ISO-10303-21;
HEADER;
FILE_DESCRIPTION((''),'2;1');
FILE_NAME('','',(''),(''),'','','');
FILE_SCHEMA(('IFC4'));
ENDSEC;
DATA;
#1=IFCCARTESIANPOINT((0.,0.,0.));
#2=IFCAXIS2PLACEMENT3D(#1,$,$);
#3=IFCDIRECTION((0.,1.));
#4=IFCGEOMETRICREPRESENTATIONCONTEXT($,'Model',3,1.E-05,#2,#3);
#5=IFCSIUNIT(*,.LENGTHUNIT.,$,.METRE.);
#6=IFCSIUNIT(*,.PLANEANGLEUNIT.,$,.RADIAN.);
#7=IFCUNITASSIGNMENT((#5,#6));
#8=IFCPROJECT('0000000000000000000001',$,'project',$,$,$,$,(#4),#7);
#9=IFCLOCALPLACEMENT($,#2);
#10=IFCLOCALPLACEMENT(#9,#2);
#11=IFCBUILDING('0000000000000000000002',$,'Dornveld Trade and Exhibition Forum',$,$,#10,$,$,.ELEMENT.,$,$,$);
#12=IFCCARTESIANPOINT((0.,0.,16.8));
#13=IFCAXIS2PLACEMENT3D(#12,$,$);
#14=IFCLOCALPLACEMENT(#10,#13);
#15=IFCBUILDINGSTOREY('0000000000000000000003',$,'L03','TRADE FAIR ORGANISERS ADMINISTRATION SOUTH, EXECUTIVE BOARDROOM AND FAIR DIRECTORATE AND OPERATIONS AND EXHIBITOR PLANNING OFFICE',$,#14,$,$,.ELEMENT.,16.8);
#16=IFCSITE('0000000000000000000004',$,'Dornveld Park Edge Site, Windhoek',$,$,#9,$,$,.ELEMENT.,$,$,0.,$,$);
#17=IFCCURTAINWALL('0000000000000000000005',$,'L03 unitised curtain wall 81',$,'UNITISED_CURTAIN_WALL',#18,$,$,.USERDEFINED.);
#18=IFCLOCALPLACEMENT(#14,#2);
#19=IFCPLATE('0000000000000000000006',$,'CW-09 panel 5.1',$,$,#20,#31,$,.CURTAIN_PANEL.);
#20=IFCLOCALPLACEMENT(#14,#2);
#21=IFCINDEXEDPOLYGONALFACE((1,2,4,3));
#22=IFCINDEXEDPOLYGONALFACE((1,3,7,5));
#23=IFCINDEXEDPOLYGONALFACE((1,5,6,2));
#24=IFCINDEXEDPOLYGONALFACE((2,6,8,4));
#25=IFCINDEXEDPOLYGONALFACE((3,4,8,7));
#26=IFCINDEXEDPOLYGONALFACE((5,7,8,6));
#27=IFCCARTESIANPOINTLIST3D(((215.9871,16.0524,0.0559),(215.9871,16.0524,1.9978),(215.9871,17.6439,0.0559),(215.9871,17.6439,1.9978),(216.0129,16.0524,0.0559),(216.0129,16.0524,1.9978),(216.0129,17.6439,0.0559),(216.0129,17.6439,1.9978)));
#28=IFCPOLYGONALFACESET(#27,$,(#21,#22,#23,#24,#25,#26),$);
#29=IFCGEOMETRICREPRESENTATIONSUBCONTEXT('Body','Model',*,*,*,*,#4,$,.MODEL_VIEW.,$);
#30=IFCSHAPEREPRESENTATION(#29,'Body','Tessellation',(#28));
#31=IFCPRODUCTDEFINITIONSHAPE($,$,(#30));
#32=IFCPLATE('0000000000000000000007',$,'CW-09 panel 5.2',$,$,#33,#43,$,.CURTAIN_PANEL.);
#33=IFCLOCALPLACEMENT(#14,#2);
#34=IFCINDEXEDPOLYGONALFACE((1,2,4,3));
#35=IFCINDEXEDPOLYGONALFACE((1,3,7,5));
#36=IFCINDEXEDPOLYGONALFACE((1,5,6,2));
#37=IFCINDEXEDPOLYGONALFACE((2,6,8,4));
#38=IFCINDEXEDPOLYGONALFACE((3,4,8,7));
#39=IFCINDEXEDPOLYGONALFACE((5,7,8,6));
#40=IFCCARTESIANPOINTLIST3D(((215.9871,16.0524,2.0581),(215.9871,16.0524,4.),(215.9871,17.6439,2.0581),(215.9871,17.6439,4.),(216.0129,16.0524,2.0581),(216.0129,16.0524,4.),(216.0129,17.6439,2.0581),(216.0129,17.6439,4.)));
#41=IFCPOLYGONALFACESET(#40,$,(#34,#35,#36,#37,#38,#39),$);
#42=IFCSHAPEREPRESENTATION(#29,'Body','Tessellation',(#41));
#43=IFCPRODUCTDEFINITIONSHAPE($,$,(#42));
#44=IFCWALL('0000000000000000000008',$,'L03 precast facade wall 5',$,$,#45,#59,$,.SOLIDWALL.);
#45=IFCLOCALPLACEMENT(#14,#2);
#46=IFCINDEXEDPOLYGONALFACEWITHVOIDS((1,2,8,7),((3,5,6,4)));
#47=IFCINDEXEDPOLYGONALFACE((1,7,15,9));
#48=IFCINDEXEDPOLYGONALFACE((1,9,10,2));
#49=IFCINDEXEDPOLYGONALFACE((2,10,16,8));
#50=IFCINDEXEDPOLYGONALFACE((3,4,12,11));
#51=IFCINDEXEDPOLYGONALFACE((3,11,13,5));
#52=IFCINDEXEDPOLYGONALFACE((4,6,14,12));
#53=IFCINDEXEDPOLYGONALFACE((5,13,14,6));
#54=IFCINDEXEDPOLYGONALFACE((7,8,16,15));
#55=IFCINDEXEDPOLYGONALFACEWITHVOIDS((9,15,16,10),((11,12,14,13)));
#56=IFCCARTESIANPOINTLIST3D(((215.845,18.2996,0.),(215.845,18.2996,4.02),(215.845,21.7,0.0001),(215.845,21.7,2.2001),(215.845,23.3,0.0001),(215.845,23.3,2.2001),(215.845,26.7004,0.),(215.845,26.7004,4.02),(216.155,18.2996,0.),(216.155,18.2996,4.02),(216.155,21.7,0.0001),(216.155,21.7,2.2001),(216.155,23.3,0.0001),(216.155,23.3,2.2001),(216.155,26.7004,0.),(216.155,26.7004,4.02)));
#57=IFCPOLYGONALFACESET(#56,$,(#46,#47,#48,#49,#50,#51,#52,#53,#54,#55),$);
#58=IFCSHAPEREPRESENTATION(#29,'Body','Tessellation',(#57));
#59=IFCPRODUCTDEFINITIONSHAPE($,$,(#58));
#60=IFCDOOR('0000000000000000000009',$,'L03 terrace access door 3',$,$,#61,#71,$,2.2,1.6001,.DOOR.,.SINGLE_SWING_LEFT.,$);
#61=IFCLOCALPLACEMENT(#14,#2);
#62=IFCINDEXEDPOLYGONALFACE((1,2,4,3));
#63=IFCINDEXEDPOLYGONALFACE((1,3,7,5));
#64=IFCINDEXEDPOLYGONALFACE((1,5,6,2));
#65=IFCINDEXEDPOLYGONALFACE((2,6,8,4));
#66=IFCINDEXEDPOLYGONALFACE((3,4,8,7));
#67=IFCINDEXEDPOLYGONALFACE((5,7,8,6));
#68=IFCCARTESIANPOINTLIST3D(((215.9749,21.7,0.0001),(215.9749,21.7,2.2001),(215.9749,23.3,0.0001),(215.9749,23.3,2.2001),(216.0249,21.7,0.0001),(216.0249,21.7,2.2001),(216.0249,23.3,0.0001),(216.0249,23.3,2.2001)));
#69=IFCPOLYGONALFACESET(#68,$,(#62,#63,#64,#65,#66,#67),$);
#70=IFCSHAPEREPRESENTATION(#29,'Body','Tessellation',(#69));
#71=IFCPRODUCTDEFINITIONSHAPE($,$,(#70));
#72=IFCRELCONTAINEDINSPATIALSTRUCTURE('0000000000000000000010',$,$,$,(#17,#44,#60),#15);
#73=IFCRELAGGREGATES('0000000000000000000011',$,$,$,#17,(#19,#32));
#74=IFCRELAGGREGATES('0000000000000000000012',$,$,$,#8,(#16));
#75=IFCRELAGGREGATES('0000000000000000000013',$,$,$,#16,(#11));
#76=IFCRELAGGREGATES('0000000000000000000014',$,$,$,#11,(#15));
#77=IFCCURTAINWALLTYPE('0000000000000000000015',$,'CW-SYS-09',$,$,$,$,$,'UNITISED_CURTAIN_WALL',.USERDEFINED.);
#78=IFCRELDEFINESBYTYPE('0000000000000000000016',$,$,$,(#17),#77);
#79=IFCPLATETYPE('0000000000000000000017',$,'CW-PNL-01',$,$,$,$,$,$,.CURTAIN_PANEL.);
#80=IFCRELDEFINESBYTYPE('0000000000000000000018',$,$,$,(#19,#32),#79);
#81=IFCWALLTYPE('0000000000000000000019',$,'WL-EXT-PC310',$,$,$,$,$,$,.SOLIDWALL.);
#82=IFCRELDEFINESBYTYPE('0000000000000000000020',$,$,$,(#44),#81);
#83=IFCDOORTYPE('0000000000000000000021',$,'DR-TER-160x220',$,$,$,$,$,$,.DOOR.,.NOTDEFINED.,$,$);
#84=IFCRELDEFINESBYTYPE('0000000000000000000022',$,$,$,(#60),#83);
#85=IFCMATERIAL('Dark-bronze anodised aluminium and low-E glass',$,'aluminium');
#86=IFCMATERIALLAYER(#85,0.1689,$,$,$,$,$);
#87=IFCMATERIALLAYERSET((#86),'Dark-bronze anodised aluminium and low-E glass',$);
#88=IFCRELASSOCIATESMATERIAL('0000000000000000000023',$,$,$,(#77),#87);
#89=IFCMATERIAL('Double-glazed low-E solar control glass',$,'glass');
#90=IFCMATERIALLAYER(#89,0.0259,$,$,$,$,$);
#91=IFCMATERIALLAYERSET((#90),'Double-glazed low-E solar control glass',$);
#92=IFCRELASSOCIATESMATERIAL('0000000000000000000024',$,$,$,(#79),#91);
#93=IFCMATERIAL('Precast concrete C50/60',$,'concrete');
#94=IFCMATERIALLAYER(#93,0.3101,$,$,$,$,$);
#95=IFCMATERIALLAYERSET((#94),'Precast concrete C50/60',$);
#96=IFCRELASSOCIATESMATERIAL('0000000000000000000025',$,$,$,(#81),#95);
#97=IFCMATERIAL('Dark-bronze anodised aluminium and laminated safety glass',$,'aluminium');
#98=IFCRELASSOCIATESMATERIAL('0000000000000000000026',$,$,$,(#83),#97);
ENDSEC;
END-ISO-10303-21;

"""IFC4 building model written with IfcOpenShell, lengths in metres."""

from ifc_helpers import new_model, si_unit, direction, frame, frame_2d, origin, origin_2d, place, context, subcontext, project, spatial, rectangle, extrude, material, layer, layer_set, type_object, element, fill, aggregate, save


model = new_model("IFC4")

# Units and contexts
model_context = context("Model", 3, precision=1e-05, world=origin(), true_north=direction((0.0, 1.0)))
body_context = subcontext(model_context, "Body", "Model", "MODEL_VIEW")
ifc_project = project(units=[si_unit("LENGTHUNIT", "METRE"), si_unit("PLANEANGLEUNIT", "RADIAN")], contexts=[model_context])

# Site, building, storey
site_placement = place(None, origin())
site = spatial("IfcSite", under=ifc_project, at=site_placement, Name="Dornveld Park Edge Site, Windhoek", CompositionType="ELEMENT", RefElevation=0.0)
building_placement = place(site_placement, origin())
building = spatial("IfcBuilding", under=site, at=building_placement, Name="Dornveld Trade and Exhibition Forum", CompositionType="ELEMENT")
storey_placement = place(building_placement, frame((0.0, 0.0, 16.8)))
storey = spatial("IfcBuildingStorey", under=building, at=storey_placement, Name="L03", Description="TRADE FAIR ORGANISERS ADMINISTRATION SOUTH, EXECUTIVE BOARDROOM AND FAIR DIRECTORATE AND OPERATIONS AND EXHIBITOR PLANNING OFFICE", CompositionType="ELEMENT", Elevation=16.8)

# Curtain wall, plates
ifc_material_1 = material(Name="Dark-bronze anodised aluminium and low-E glass", Category="aluminium")
ifc_layer_1 = layer(ifc_material_1, 0.1689)
ifc_layer_set_1 = layer_set([ifc_layer_1], Name="Dark-bronze anodised aluminium and low-E glass")
curtain_wall_type = type_object("IfcCurtainWallType", Name="CW-SYS-09", ElementType="UNITISED_CURTAIN_WALL", PredefinedType="USERDEFINED", material=ifc_layer_set_1)
curtain_wall_placement = place(storey_placement, origin())
curtain_wall = element("IfcCurtainWall", 1, at=curtain_wall_placement, inside=storey, type_object=curtain_wall_type, Name="L03 unitised curtain wall 81", ObjectType="UNITISED_CURTAIN_WALL", PredefinedType="USERDEFINED")
ifc_material_2 = material(Name="Double-glazed low-E solar control glass", Category="glass")
ifc_layer_2 = layer(ifc_material_2, 0.0259)
ifc_layer_set_2 = layer_set([ifc_layer_2], Name="Double-glazed low-E solar control glass")
plate_type = type_object("IfcPlateType", Name="CW-PNL-01", PredefinedType="CURTAIN_PANEL", material=ifc_layer_set_2)
plate_1_placement = place(storey_placement, frame((216.0, 16.8481, 0.0559), z_axis=(0.0, 0.0, 1.0), x_axis=(0.0, 1.0, 0.0)))
plate_1 = element("IfcPlate", 2, at=plate_1_placement, type_object=plate_type, Name="CW-09 panel 5.1", PredefinedType="CURTAIN_PANEL", context=body_context, shape_type="SweptSolid", body=[
    extrude(rectangle(XDim=1.5916, YDim=0.0259, at=origin_2d()), origin(), (0.0, 0.0, 1.0), 1.9419),
])
plate_2_placement = place(storey_placement, frame((216.0, 16.8481, 2.0581), z_axis=(0.0, 0.0, 1.0), x_axis=(0.0, 1.0, 0.0)))
plate_2 = element("IfcPlate", 3, at=plate_2_placement, type_object=plate_type, Name="CW-09 panel 5.2", PredefinedType="CURTAIN_PANEL", context=body_context, shape_type="SweptSolid", body=[
    extrude(rectangle(XDim=1.5916, YDim=0.0259, at=origin_2d()), origin(), (0.0, 0.0, 1.0), 1.9419),
])
aggregate(curtain_wall, [plate_1, plate_2])

# Wall, opening, door
ifc_material_3 = material(Name="Precast concrete C50/60", Category="concrete")
ifc_layer_3 = layer(ifc_material_3, 0.3101)
ifc_layer_set_3 = layer_set([ifc_layer_3], Name="Precast concrete C50/60")
wall_type = type_object("IfcWallType", Name="WL-EXT-PC310", PredefinedType="SOLIDWALL", material=ifc_layer_set_3)
wall_placement = place(storey_placement, frame((216.0, 18.2996, 0.0), z_axis=(0.0, 0.0, 1.0), x_axis=(0.0, 1.0, 0.0)))
wall = element("IfcWall", 4, at=wall_placement, inside=storey, type_object=wall_type, Name="L03 precast facade wall 5", PredefinedType="SOLIDWALL", context=body_context, shape_type="SweptSolid", body=[
    extrude(rectangle(XDim=8.4009, YDim=0.3101, at=frame_2d((4.2004, 0.0))), origin(), (0.0, 0.0, 1.0), 4.02),
])
opening_placement = place(wall_placement, frame((3.4004, 0.0, 0.0)))
opening = element("IfcOpeningElement", 5, at=opening_placement, cuts=wall, PredefinedType="OPENING", context=body_context, shape_type="SweptSolid", body=[
    extrude(rectangle(XDim=1.6001, YDim=2.2, at=frame_2d((0.8, 1.1001))), frame((0.0, 0.165, 0.0), z_axis=(0.0, -1.0, 0.0), x_axis=(1.0, 0.0, 0.0)), (0.0, 0.0, 1.0), 0.3301),
])
ifc_material_4 = material(Name="Dark-bronze anodised aluminium and laminated safety glass", Category="aluminium")
door_type = type_object("IfcDoorType", Name="DR-TER-160x220", OperationType="NOTDEFINED", PredefinedType="DOOR", material=ifc_material_4)
door_placement = place(opening_placement, frame((1.6001, 0.0, 0.0), z_axis=(0.0, 0.0, 1.0), x_axis=(-1.0, 0.0, 0.0)))
door = element("IfcDoor", 6, at=door_placement, inside=storey, type_object=door_type, Name="L03 terrace access door 3", OperationType="SINGLE_SWING_LEFT", OverallHeight=2.2, OverallWidth=1.6001, PredefinedType="DOOR", context=body_context, shape_type="SweptSolid", body=[
    extrude(rectangle(XDim=1.6001, YDim=2.2, at=frame_2d((0.8, 1.1001))), frame((0.0, 0.0249, 0.0), z_axis=(0.0, -1.0, 0.0), x_axis=(1.0, 0.0, 0.0)), (0.0, 0.0, 1.0), 0.05),
])
fill(opening, door)

save(model, "model.ifc")
